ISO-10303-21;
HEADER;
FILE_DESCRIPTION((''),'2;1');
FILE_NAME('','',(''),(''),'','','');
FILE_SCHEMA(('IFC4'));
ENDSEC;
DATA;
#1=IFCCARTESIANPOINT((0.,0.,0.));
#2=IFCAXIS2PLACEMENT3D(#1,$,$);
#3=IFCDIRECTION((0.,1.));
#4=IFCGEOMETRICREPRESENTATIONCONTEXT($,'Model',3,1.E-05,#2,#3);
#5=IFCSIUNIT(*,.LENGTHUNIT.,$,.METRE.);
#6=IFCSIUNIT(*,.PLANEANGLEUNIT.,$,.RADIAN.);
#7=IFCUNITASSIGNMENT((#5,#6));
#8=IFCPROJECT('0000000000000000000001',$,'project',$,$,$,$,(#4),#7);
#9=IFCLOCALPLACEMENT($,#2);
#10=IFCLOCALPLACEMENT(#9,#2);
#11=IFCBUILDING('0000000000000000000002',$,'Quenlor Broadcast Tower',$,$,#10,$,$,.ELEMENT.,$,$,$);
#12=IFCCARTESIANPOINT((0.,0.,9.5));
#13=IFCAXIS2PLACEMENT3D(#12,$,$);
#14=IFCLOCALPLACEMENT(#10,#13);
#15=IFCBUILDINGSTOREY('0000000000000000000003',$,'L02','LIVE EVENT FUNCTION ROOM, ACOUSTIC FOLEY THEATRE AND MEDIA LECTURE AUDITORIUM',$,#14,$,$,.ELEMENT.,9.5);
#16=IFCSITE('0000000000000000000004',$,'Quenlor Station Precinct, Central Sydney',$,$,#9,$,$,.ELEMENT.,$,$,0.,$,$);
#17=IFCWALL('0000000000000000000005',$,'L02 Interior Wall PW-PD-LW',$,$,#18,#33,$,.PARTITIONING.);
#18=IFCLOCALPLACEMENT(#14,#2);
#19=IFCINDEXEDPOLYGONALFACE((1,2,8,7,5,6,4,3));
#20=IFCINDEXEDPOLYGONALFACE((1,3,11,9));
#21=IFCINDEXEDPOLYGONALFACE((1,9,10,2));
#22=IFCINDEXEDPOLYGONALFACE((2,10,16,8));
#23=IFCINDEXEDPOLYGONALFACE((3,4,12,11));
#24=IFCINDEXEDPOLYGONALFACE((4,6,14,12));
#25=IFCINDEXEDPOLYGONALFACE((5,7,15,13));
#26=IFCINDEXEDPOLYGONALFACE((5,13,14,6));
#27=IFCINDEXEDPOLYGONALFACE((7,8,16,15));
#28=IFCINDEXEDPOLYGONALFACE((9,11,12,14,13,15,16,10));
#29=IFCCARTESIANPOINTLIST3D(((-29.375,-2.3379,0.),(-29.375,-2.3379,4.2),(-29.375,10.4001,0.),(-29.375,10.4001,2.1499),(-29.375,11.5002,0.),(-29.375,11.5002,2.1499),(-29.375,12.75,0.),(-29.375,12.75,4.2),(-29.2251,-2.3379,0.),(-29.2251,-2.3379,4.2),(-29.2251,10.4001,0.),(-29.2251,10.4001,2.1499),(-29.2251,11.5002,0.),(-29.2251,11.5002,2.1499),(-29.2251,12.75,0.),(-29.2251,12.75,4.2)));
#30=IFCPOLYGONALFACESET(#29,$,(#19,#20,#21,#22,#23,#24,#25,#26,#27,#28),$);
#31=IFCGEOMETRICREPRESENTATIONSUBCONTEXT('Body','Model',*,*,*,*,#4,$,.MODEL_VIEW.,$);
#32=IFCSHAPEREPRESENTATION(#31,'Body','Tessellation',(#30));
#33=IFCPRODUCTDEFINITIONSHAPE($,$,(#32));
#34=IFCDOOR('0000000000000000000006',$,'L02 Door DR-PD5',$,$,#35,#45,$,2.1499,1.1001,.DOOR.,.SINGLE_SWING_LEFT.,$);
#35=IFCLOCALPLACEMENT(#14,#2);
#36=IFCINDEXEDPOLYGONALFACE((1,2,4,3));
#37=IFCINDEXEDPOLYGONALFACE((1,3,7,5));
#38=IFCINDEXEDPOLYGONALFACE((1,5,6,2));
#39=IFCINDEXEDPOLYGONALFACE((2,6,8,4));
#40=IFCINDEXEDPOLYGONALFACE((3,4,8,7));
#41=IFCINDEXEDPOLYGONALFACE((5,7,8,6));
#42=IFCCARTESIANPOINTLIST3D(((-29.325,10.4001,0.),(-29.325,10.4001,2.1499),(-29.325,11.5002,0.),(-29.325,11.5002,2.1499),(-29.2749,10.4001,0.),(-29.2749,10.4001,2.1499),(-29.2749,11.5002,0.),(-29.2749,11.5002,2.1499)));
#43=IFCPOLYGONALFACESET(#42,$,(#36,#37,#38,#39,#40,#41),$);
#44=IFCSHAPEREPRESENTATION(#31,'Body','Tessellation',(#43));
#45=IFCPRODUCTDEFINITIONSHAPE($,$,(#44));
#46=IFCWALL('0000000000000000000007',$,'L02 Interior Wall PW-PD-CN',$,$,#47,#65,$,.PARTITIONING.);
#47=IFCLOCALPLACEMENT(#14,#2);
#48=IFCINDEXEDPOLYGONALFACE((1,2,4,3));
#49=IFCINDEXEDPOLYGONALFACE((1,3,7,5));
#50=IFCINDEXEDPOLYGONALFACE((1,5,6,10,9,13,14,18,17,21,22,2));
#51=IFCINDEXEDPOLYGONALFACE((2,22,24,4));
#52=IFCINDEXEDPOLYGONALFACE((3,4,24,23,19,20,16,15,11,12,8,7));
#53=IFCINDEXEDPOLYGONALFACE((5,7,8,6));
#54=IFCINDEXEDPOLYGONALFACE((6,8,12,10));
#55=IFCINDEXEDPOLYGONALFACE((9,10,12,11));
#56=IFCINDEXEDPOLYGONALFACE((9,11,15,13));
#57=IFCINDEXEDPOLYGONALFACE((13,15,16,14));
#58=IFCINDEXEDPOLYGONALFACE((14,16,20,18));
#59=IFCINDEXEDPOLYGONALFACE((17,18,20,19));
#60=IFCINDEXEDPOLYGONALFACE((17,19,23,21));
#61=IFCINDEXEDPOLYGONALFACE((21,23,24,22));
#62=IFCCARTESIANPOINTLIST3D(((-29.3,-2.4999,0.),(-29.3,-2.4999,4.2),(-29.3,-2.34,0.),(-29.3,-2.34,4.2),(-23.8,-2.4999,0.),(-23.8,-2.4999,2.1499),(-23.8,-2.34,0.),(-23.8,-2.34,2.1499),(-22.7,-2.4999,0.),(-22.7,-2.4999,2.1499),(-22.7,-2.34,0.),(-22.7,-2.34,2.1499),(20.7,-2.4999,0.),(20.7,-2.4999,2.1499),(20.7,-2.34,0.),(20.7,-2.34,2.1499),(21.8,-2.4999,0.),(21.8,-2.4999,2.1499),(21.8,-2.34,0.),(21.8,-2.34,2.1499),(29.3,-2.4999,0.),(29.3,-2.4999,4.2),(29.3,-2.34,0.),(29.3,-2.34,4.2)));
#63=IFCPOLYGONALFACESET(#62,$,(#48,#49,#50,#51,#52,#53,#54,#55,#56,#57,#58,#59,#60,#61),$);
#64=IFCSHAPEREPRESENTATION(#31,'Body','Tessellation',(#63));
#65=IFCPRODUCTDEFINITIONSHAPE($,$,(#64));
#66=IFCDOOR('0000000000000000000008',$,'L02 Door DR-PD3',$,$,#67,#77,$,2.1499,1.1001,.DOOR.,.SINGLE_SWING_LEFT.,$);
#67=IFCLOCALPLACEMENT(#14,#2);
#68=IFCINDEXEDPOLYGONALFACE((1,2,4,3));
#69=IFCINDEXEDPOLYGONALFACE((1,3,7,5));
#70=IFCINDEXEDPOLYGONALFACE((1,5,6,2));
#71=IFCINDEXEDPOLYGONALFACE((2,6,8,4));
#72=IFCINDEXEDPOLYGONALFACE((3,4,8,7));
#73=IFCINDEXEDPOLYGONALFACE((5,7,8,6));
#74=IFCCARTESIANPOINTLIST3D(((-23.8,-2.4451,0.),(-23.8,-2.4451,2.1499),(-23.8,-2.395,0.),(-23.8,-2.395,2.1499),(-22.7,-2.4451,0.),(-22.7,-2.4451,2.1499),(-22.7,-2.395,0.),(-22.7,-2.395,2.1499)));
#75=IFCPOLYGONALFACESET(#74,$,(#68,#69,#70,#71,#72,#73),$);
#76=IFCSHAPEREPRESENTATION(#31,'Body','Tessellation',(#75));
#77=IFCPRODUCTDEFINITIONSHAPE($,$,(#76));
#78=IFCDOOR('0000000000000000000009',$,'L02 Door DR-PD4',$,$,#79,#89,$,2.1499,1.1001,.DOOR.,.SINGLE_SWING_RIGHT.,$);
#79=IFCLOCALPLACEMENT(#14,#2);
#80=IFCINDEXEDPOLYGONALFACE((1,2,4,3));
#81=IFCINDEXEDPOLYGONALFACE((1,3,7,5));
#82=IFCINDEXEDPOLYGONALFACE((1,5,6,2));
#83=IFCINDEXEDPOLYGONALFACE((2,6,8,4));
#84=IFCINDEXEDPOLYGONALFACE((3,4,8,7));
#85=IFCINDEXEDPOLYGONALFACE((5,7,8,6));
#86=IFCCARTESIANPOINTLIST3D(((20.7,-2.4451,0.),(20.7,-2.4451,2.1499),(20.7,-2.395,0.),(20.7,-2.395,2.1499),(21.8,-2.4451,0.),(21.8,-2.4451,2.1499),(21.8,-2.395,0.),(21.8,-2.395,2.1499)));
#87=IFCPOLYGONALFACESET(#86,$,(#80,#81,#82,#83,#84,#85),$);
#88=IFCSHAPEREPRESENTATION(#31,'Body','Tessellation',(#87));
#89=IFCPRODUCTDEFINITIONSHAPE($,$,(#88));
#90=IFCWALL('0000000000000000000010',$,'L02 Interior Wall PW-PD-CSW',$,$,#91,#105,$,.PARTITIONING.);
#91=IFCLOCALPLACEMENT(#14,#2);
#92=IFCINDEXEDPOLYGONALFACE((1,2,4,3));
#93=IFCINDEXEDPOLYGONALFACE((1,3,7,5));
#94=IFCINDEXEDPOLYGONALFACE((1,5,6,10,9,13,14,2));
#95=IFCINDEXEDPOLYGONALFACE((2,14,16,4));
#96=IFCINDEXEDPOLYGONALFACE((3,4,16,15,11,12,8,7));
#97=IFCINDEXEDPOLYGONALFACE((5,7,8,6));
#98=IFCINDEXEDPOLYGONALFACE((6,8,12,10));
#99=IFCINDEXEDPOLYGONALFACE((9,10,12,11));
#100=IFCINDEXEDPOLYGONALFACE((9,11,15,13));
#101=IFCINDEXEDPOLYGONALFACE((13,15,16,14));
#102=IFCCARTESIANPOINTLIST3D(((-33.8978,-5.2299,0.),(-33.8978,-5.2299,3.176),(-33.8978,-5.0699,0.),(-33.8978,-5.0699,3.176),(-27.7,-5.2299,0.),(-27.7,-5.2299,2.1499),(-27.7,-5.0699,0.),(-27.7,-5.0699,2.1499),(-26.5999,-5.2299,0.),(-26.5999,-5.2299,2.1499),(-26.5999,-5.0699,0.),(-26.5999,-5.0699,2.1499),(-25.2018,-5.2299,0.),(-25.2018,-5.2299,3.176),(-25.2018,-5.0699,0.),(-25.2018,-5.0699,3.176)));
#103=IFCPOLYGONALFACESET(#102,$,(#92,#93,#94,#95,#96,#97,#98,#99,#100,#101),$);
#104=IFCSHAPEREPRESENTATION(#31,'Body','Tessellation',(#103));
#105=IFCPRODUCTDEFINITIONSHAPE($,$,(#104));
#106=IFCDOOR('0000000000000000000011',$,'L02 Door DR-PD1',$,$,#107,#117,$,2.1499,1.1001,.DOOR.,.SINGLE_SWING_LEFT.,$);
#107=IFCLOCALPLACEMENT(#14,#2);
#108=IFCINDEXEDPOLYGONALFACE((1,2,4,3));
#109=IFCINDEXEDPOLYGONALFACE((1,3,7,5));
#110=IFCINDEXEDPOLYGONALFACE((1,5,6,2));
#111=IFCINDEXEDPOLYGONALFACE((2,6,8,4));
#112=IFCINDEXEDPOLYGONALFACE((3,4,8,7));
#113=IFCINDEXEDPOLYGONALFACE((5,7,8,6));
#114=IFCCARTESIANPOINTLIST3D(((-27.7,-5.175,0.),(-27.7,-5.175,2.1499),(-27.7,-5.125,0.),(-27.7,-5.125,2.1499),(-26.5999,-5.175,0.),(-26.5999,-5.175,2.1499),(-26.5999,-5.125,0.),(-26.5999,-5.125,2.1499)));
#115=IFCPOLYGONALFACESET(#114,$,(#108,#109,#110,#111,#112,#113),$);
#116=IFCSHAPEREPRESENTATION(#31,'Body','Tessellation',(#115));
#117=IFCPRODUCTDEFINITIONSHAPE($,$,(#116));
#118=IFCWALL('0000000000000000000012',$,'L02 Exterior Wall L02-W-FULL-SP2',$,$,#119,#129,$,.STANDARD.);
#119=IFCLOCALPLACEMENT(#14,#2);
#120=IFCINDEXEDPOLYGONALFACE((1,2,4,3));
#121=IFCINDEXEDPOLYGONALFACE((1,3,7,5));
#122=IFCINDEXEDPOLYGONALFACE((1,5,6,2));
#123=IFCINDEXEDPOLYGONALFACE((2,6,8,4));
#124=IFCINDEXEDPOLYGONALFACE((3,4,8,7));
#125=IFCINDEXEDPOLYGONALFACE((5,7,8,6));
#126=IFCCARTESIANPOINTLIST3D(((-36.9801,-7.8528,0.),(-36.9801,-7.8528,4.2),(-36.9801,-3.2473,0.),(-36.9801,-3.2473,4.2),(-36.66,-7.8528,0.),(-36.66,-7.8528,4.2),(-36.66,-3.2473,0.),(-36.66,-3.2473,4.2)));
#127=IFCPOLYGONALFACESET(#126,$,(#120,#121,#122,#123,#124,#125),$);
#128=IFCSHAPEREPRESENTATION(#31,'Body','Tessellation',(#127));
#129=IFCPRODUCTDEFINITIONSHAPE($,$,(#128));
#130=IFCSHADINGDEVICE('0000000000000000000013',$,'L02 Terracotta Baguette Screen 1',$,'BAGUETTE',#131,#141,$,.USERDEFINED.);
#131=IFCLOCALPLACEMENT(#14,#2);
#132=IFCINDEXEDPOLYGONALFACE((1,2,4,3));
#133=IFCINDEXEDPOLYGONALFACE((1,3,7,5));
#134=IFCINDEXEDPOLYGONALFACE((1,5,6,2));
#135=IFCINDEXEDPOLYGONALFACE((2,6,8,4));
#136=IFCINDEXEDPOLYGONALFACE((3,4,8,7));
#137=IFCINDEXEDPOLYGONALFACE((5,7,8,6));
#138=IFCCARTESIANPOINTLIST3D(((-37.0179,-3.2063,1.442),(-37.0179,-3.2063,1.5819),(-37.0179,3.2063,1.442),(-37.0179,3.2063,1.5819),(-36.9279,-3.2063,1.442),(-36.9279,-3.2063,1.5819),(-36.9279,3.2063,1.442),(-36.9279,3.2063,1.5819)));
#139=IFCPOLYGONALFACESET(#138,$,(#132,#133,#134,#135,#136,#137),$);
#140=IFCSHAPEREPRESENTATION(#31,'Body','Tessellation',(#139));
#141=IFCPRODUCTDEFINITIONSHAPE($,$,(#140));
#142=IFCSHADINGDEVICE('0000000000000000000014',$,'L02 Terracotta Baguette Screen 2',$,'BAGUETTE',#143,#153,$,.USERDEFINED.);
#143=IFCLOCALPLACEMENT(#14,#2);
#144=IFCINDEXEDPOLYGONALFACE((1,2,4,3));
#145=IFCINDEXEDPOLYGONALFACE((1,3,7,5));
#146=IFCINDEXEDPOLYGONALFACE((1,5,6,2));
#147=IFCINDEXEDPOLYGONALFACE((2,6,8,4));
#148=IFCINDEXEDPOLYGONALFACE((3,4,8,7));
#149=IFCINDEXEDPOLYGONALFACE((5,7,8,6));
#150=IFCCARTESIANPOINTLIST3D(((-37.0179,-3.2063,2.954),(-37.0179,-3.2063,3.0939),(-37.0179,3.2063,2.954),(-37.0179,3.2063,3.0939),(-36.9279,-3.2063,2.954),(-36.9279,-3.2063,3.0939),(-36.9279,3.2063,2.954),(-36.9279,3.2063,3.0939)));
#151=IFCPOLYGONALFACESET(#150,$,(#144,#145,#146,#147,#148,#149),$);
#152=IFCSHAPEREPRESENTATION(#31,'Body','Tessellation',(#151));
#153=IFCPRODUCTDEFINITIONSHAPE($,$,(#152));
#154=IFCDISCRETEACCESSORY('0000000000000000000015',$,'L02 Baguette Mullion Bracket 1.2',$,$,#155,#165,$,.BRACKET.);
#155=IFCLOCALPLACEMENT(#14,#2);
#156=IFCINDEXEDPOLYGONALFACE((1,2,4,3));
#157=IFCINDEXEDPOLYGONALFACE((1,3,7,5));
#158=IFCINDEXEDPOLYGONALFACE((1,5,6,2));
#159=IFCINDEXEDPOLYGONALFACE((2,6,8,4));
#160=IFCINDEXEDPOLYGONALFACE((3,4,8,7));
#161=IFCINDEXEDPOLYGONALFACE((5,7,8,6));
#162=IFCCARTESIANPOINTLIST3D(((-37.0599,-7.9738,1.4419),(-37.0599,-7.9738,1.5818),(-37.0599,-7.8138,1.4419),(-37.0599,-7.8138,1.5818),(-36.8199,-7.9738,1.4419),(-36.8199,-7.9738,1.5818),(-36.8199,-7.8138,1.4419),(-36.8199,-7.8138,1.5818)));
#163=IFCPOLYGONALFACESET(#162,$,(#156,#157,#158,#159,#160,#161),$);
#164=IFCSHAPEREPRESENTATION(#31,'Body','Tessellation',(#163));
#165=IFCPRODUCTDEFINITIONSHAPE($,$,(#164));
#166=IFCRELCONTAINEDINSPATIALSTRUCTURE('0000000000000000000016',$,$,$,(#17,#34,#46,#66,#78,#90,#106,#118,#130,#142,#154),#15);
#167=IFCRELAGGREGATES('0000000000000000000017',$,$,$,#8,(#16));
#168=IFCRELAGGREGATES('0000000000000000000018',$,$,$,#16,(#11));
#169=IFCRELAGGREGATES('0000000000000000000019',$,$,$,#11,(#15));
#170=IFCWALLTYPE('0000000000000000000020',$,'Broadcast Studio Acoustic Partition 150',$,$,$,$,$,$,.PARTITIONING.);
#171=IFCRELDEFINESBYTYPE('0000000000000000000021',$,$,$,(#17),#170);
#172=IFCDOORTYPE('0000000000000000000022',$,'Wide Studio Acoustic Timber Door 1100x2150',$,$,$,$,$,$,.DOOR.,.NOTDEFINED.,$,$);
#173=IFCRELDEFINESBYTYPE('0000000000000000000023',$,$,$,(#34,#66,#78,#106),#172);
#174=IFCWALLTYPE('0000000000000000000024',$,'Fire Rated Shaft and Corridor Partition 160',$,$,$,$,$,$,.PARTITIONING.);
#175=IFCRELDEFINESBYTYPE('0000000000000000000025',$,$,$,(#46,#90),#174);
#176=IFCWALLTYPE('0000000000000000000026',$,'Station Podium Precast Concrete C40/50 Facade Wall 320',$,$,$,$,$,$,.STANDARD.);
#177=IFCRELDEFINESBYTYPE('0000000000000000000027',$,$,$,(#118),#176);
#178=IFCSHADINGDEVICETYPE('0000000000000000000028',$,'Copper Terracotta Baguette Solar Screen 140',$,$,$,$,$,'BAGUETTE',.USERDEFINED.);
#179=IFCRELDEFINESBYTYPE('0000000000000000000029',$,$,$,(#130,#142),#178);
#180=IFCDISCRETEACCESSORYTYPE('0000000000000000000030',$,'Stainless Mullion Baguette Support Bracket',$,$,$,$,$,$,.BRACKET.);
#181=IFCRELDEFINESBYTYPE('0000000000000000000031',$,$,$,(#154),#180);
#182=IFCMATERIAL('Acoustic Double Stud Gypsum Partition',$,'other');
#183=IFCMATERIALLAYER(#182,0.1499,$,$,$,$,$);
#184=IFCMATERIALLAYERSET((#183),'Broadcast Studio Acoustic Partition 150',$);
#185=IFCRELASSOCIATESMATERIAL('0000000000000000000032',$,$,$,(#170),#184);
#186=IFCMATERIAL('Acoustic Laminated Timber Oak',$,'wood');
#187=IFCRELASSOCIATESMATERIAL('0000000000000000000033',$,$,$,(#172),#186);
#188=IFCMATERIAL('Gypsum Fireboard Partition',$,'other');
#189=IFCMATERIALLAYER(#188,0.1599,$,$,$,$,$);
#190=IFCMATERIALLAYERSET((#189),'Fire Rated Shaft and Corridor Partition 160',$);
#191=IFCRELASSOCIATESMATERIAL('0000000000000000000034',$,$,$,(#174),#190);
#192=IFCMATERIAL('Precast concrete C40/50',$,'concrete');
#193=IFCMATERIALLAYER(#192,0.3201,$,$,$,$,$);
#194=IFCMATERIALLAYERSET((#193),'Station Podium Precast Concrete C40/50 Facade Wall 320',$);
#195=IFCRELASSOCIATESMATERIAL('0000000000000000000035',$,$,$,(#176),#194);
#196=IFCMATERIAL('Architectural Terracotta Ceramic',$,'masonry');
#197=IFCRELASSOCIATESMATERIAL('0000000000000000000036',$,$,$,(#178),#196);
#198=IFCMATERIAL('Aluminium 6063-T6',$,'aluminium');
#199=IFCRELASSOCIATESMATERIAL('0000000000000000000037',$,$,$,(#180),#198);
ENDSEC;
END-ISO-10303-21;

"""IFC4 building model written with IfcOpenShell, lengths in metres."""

from ifc_helpers import new_model, si_unit, direction, frame, frame_2d, origin, origin_2d, place, context, subcontext, project, spatial, rectangle, extrude, material, layer, layer_set, material_profile, profile_set, type_object, element, fill, save


model = new_model("IFC4")

# Units and contexts
model_context = context("Model", 3, precision=1e-05, world=origin(), true_north=direction((0.0, 1.0)))
body_context = subcontext(model_context, "Body", "Model", "MODEL_VIEW")
ifc_project = project(units=[si_unit("LENGTHUNIT", "METRE"), si_unit("PLANEANGLEUNIT", "RADIAN")], contexts=[model_context])

# Site, building, storey
site_placement = place(None, origin())
site = spatial("IfcSite", under=ifc_project, at=site_placement, Name="Quenlor Station Precinct, Central Sydney", CompositionType="ELEMENT", RefElevation=0.0)
building_placement = place(site_placement, origin())
building = spatial("IfcBuilding", under=site, at=building_placement, Name="Quenlor Broadcast Tower", CompositionType="ELEMENT")
storey_placement = place(building_placement, frame((0.0, 0.0, 9.5)))
storey = spatial("IfcBuildingStorey", under=building, at=storey_placement, Name="L02", Description="LIVE EVENT FUNCTION ROOM, ACOUSTIC FOLEY THEATRE AND MEDIA LECTURE AUDITORIUM", CompositionType="ELEMENT", Elevation=9.5)

# Wall, opening, door
ifc_material_1 = material(Name="Acoustic Double Stud Gypsum Partition", Category="other")
ifc_layer_1 = layer(ifc_material_1, 0.1499)
ifc_layer_set_1 = layer_set([ifc_layer_1], Name="Broadcast Studio Acoustic Partition 150")
wall_type_1 = type_object("IfcWallType", Name="Broadcast Studio Acoustic Partition 150", PredefinedType="PARTITIONING", material=ifc_layer_set_1)
wall_1_placement = place(storey_placement, frame((-29.3, -2.3379, 0.0), z_axis=(0.0, 0.0, 1.0), x_axis=(0.0, 1.0, 0.0)))
wall_1 = element("IfcWall", 1, at=wall_1_placement, inside=storey, type_object=wall_type_1, Name="L02 Interior Wall PW-PD-LW", PredefinedType="PARTITIONING", context=body_context, shape_type="SweptSolid", body=[
    extrude(rectangle(XDim=15.0879, YDim=0.1499, at=frame_2d((7.5439, 0.0))), origin(), (0.0, 0.0, 1.0), 4.2),
])
opening_1_placement = place(wall_1_placement, frame((12.738, 0.0, 0.0)))
opening_1 = element("IfcOpeningElement", 2, at=opening_1_placement, cuts=wall_1, PredefinedType="OPENING", context=body_context, shape_type="SweptSolid", body=[
    extrude(rectangle(XDim=1.1001, YDim=2.1499, at=frame_2d((0.55, 1.075))), frame((0.0, 0.085, 0.0), z_axis=(0.0, -1.0, 0.0), x_axis=(1.0, 0.0, 0.0)), (0.0, 0.0, 1.0), 0.1699),
])
ifc_material_2 = material(Name="Acoustic Laminated Timber Oak", Category="wood")
door_type = type_object("IfcDoorType", Name="Wide Studio Acoustic Timber Door 1100x2150", OperationType="NOTDEFINED", PredefinedType="DOOR", material=ifc_material_2)
door_1_placement = place(opening_1_placement, origin())
door_1 = element("IfcDoor", 3, at=door_1_placement, inside=storey, type_object=door_type, Name="L02 Door DR-PD5", OperationType="SINGLE_SWING_LEFT", OverallHeight=2.1499, OverallWidth=1.1001, PredefinedType="DOOR", context=body_context, shape_type="SweptSolid", body=[
    extrude(rectangle(XDim=1.1001, YDim=2.1499, at=frame_2d((0.55, 1.075))), frame((0.0, 0.0249, 0.0), z_axis=(0.0, -1.0, 0.0), x_axis=(1.0, 0.0, 0.0)), (0.0, 0.0, 1.0), 0.05),
])
fill(opening_1, door_1)

# Wall, openings, doors
ifc_material_3 = material(Name="Gypsum Fireboard Partition", Category="other")
ifc_layer_2 = layer(ifc_material_3, 0.1599)
ifc_layer_set_2 = layer_set([ifc_layer_2], Name="Fire Rated Shaft and Corridor Partition 160")
wall_type_2 = type_object("IfcWallType", Name="Fire Rated Shaft and Corridor Partition 160", PredefinedType="PARTITIONING", material=ifc_layer_set_2)
wall_2_placement = place(storey_placement, frame((-29.3, -2.4199, 0.0), z_axis=(0.0, 0.0, 1.0), x_axis=(1.0, 0.0, 0.0)))
wall_2 = element("IfcWall", 4, at=wall_2_placement, inside=storey, type_object=wall_type_2, Name="L02 Interior Wall PW-PD-CN", PredefinedType="PARTITIONING", context=body_context, shape_type="SweptSolid", body=[
    extrude(rectangle(XDim=58.6001, YDim=0.1599, at=frame_2d((29.3, 0.0))), origin(), (0.0, 0.0, 1.0), 4.2),
])
opening_2_placement = place(wall_2_placement, frame((5.5, 0.0, 0.0)))
opening_2 = element("IfcOpeningElement", 5, at=opening_2_placement, cuts=wall_2, PredefinedType="OPENING", context=body_context, shape_type="SweptSolid", body=[
    extrude(rectangle(XDim=1.1001, YDim=2.1499, at=frame_2d((0.55, 1.075))), frame((0.0, 0.0898, 0.0), z_axis=(0.0, -1.0, 0.0), x_axis=(1.0, 0.0, 0.0)), (0.0, 0.0, 1.0), 0.1799),
])
opening_3_placement = place(wall_2_placement, frame((50.0, 0.0, 0.0)))
opening_3 = element("IfcOpeningElement", 6, at=opening_3_placement, cuts=wall_2, PredefinedType="OPENING", context=body_context, shape_type="SweptSolid", body=[
    extrude(rectangle(XDim=1.1001, YDim=2.1499, at=frame_2d((0.55, 1.075))), frame((0.0, 0.0898, 0.0), z_axis=(0.0, -1.0, 0.0), x_axis=(1.0, 0.0, 0.0)), (0.0, 0.0, 1.0), 0.1799),
])
door_2_placement = place(opening_2_placement, origin())
door_2 = element("IfcDoor", 7, at=door_2_placement, inside=storey, type_object=door_type, Name="L02 Door DR-PD3", OperationType="SINGLE_SWING_LEFT", OverallHeight=2.1499, OverallWidth=1.1001, PredefinedType="DOOR", context=body_context, shape_type="SweptSolid", body=[
    extrude(rectangle(XDim=1.1001, YDim=2.1499, at=frame_2d((0.55, 1.075))), frame((0.0, 0.0249, 0.0), z_axis=(0.0, -1.0, 0.0), x_axis=(1.0, 0.0, 0.0)), (0.0, 0.0, 1.0), 0.05),
])
fill(opening_2, door_2)
door_3_placement = place(opening_3_placement, origin())
door_3 = element("IfcDoor", 8, at=door_3_placement, inside=storey, type_object=door_type, Name="L02 Door DR-PD4", OperationType="SINGLE_SWING_RIGHT", OverallHeight=2.1499, OverallWidth=1.1001, PredefinedType="DOOR", context=body_context, shape_type="SweptSolid", body=[
    extrude(rectangle(XDim=1.1001, YDim=2.1499, at=frame_2d((0.55, 1.075))), frame((0.0, 0.0249, 0.0), z_axis=(0.0, -1.0, 0.0), x_axis=(1.0, 0.0, 0.0)), (0.0, 0.0, 1.0), 0.05),
])
fill(opening_3, door_3)

# Wall, opening, door
wall_3_placement = place(storey_placement, frame((-33.8979, -5.1499, 0.0), z_axis=(0.0, 0.0, 1.0), x_axis=(1.0, 0.0, 0.0)))
wall_3 = element("IfcWall", 9, at=wall_3_placement, inside=storey, type_object=wall_type_2, Name="L02 Interior Wall PW-PD-CSW", PredefinedType="PARTITIONING", context=body_context, shape_type="SweptSolid", body=[
    extrude(rectangle(XDim=8.696, YDim=0.1599, at=frame_2d((4.3481, 0.0))), origin(), (0.0, 0.0, 1.0), 3.176),
])
opening_4_placement = place(wall_3_placement, frame((6.198, 0.0, 0.0)))
opening_4 = element("IfcOpeningElement", 10, at=opening_4_placement, cuts=wall_3, PredefinedType="OPENING", context=body_context, shape_type="SweptSolid", body=[
    extrude(rectangle(XDim=1.1001, YDim=2.1499, at=frame_2d((0.55, 1.075))), frame((0.0, 0.0898, 0.0), z_axis=(0.0, -1.0, 0.0), x_axis=(1.0, 0.0, 0.0)), (0.0, 0.0, 1.0), 0.1799),
])
door_4_placement = place(opening_4_placement, origin())
door_4 = element("IfcDoor", 11, at=door_4_placement, inside=storey, type_object=door_type, Name="L02 Door DR-PD1", OperationType="SINGLE_SWING_LEFT", OverallHeight=2.1499, OverallWidth=1.1001, PredefinedType="DOOR", context=body_context, shape_type="SweptSolid", body=[
    extrude(rectangle(XDim=1.1001, YDim=2.1499, at=frame_2d((0.55, 1.075))), frame((0.0, 0.0249, 0.0), z_axis=(0.0, -1.0, 0.0), x_axis=(1.0, 0.0, 0.0)), (0.0, 0.0, 1.0), 0.05),
])
fill(opening_4, door_4)

# Wall
ifc_material_4 = material(Name="Precast concrete C40/50", Category="concrete")
ifc_layer_3 = layer(ifc_material_4, 0.3201)
ifc_layer_set_3 = layer_set([ifc_layer_3], Name="Station Podium Precast Concrete C40/50 Facade Wall 320")
wall_type_3 = type_object("IfcWallType", Name="Station Podium Precast Concrete C40/50 Facade Wall 320", PredefinedType="STANDARD", material=ifc_layer_set_3)
wall_4_placement = place(storey_placement, frame((-36.8201, -7.8528, 0.0), z_axis=(0.0, 0.0, 1.0), x_axis=(0.0, 1.0, 0.0)))
element("IfcWall", 12, at=wall_4_placement, inside=storey, type_object=wall_type_3, Name="L02 Exterior Wall L02-W-FULL-SP2", PredefinedType="STANDARD", context=body_context, shape_type="SweptSolid", body=[
    extrude(rectangle(XDim=4.6055, YDim=0.3201, at=frame_2d((2.3027, 0.0))), origin(), (0.0, 0.0, 1.0), 4.2),
])

# Shading devices
ifc_material_5 = material(Name="Architectural Terracotta Ceramic", Category="masonry")
ifc_material_profile_1 = material_profile(ifc_material_5, rectangle(XDim=0.0901, YDim=0.1399, at=origin_2d()))
ifc_profile_set_1 = profile_set([ifc_material_profile_1], Name="Architectural Terracotta Ceramic BAG90x140")
shading_device_type = type_object("IfcShadingDeviceType", Name="Copper Terracotta Baguette Solar Screen 140", ElementType="BAGUETTE", PredefinedType="USERDEFINED", material=ifc_profile_set_1)
for number, where, z_axis, x_axis, name in (
    (13, (-36.9729, -3.2063, 1.512), (0.0, 1.0, 0.0), (-1.0, 0.0, 0.0), "L02 Terracotta Baguette Screen 1"),
    (14, (-36.9729, -3.2063, 3.0239), (0.0, 1.0, 0.0), (-1.0, 0.0, 0.0), "L02 Terracotta Baguette Screen 2"),
):
    element("IfcShadingDevice", number, at=place(storey_placement, frame(where, z_axis=z_axis, x_axis=x_axis)), inside=storey, type_object=shading_device_type, Name=name, ObjectType="BAGUETTE", PredefinedType="USERDEFINED", context=body_context, shape_type="SweptSolid", body=[
        extrude(rectangle(XDim=0.0901, YDim=0.1399, at=origin_2d()), origin(), (0.0, 0.0, 1.0), 6.4126),
    ])

# Discrete accessory
ifc_material_6 = material(Name="Aluminium 6063-T6", Category="aluminium")
discrete_accessory_type = type_object("IfcDiscreteAccessoryType", Name="Stainless Mullion Baguette Support Bracket", PredefinedType="BRACKET", material=ifc_material_6)
for number, where, z_axis, x_axis, name in (
    (15, (-36.9399, -7.8938, 1.4419), (0.0, 0.0, 1.0), (0.0, 1.0, 0.0), "L02 Baguette Mullion Bracket 1.2"),
):
    element("IfcDiscreteAccessory", number, at=place(storey_placement, frame(where, z_axis=z_axis, x_axis=x_axis)), inside=storey, type_object=discrete_accessory_type, Name=name, PredefinedType="BRACKET", context=body_context, shape_type="SweptSolid", body=[
        extrude(rectangle(XDim=0.1599, YDim=0.24, at=origin_2d()), origin(), (0.0, 0.0, 1.0), 0.1399),
    ])

save(model, "model.ifc")
